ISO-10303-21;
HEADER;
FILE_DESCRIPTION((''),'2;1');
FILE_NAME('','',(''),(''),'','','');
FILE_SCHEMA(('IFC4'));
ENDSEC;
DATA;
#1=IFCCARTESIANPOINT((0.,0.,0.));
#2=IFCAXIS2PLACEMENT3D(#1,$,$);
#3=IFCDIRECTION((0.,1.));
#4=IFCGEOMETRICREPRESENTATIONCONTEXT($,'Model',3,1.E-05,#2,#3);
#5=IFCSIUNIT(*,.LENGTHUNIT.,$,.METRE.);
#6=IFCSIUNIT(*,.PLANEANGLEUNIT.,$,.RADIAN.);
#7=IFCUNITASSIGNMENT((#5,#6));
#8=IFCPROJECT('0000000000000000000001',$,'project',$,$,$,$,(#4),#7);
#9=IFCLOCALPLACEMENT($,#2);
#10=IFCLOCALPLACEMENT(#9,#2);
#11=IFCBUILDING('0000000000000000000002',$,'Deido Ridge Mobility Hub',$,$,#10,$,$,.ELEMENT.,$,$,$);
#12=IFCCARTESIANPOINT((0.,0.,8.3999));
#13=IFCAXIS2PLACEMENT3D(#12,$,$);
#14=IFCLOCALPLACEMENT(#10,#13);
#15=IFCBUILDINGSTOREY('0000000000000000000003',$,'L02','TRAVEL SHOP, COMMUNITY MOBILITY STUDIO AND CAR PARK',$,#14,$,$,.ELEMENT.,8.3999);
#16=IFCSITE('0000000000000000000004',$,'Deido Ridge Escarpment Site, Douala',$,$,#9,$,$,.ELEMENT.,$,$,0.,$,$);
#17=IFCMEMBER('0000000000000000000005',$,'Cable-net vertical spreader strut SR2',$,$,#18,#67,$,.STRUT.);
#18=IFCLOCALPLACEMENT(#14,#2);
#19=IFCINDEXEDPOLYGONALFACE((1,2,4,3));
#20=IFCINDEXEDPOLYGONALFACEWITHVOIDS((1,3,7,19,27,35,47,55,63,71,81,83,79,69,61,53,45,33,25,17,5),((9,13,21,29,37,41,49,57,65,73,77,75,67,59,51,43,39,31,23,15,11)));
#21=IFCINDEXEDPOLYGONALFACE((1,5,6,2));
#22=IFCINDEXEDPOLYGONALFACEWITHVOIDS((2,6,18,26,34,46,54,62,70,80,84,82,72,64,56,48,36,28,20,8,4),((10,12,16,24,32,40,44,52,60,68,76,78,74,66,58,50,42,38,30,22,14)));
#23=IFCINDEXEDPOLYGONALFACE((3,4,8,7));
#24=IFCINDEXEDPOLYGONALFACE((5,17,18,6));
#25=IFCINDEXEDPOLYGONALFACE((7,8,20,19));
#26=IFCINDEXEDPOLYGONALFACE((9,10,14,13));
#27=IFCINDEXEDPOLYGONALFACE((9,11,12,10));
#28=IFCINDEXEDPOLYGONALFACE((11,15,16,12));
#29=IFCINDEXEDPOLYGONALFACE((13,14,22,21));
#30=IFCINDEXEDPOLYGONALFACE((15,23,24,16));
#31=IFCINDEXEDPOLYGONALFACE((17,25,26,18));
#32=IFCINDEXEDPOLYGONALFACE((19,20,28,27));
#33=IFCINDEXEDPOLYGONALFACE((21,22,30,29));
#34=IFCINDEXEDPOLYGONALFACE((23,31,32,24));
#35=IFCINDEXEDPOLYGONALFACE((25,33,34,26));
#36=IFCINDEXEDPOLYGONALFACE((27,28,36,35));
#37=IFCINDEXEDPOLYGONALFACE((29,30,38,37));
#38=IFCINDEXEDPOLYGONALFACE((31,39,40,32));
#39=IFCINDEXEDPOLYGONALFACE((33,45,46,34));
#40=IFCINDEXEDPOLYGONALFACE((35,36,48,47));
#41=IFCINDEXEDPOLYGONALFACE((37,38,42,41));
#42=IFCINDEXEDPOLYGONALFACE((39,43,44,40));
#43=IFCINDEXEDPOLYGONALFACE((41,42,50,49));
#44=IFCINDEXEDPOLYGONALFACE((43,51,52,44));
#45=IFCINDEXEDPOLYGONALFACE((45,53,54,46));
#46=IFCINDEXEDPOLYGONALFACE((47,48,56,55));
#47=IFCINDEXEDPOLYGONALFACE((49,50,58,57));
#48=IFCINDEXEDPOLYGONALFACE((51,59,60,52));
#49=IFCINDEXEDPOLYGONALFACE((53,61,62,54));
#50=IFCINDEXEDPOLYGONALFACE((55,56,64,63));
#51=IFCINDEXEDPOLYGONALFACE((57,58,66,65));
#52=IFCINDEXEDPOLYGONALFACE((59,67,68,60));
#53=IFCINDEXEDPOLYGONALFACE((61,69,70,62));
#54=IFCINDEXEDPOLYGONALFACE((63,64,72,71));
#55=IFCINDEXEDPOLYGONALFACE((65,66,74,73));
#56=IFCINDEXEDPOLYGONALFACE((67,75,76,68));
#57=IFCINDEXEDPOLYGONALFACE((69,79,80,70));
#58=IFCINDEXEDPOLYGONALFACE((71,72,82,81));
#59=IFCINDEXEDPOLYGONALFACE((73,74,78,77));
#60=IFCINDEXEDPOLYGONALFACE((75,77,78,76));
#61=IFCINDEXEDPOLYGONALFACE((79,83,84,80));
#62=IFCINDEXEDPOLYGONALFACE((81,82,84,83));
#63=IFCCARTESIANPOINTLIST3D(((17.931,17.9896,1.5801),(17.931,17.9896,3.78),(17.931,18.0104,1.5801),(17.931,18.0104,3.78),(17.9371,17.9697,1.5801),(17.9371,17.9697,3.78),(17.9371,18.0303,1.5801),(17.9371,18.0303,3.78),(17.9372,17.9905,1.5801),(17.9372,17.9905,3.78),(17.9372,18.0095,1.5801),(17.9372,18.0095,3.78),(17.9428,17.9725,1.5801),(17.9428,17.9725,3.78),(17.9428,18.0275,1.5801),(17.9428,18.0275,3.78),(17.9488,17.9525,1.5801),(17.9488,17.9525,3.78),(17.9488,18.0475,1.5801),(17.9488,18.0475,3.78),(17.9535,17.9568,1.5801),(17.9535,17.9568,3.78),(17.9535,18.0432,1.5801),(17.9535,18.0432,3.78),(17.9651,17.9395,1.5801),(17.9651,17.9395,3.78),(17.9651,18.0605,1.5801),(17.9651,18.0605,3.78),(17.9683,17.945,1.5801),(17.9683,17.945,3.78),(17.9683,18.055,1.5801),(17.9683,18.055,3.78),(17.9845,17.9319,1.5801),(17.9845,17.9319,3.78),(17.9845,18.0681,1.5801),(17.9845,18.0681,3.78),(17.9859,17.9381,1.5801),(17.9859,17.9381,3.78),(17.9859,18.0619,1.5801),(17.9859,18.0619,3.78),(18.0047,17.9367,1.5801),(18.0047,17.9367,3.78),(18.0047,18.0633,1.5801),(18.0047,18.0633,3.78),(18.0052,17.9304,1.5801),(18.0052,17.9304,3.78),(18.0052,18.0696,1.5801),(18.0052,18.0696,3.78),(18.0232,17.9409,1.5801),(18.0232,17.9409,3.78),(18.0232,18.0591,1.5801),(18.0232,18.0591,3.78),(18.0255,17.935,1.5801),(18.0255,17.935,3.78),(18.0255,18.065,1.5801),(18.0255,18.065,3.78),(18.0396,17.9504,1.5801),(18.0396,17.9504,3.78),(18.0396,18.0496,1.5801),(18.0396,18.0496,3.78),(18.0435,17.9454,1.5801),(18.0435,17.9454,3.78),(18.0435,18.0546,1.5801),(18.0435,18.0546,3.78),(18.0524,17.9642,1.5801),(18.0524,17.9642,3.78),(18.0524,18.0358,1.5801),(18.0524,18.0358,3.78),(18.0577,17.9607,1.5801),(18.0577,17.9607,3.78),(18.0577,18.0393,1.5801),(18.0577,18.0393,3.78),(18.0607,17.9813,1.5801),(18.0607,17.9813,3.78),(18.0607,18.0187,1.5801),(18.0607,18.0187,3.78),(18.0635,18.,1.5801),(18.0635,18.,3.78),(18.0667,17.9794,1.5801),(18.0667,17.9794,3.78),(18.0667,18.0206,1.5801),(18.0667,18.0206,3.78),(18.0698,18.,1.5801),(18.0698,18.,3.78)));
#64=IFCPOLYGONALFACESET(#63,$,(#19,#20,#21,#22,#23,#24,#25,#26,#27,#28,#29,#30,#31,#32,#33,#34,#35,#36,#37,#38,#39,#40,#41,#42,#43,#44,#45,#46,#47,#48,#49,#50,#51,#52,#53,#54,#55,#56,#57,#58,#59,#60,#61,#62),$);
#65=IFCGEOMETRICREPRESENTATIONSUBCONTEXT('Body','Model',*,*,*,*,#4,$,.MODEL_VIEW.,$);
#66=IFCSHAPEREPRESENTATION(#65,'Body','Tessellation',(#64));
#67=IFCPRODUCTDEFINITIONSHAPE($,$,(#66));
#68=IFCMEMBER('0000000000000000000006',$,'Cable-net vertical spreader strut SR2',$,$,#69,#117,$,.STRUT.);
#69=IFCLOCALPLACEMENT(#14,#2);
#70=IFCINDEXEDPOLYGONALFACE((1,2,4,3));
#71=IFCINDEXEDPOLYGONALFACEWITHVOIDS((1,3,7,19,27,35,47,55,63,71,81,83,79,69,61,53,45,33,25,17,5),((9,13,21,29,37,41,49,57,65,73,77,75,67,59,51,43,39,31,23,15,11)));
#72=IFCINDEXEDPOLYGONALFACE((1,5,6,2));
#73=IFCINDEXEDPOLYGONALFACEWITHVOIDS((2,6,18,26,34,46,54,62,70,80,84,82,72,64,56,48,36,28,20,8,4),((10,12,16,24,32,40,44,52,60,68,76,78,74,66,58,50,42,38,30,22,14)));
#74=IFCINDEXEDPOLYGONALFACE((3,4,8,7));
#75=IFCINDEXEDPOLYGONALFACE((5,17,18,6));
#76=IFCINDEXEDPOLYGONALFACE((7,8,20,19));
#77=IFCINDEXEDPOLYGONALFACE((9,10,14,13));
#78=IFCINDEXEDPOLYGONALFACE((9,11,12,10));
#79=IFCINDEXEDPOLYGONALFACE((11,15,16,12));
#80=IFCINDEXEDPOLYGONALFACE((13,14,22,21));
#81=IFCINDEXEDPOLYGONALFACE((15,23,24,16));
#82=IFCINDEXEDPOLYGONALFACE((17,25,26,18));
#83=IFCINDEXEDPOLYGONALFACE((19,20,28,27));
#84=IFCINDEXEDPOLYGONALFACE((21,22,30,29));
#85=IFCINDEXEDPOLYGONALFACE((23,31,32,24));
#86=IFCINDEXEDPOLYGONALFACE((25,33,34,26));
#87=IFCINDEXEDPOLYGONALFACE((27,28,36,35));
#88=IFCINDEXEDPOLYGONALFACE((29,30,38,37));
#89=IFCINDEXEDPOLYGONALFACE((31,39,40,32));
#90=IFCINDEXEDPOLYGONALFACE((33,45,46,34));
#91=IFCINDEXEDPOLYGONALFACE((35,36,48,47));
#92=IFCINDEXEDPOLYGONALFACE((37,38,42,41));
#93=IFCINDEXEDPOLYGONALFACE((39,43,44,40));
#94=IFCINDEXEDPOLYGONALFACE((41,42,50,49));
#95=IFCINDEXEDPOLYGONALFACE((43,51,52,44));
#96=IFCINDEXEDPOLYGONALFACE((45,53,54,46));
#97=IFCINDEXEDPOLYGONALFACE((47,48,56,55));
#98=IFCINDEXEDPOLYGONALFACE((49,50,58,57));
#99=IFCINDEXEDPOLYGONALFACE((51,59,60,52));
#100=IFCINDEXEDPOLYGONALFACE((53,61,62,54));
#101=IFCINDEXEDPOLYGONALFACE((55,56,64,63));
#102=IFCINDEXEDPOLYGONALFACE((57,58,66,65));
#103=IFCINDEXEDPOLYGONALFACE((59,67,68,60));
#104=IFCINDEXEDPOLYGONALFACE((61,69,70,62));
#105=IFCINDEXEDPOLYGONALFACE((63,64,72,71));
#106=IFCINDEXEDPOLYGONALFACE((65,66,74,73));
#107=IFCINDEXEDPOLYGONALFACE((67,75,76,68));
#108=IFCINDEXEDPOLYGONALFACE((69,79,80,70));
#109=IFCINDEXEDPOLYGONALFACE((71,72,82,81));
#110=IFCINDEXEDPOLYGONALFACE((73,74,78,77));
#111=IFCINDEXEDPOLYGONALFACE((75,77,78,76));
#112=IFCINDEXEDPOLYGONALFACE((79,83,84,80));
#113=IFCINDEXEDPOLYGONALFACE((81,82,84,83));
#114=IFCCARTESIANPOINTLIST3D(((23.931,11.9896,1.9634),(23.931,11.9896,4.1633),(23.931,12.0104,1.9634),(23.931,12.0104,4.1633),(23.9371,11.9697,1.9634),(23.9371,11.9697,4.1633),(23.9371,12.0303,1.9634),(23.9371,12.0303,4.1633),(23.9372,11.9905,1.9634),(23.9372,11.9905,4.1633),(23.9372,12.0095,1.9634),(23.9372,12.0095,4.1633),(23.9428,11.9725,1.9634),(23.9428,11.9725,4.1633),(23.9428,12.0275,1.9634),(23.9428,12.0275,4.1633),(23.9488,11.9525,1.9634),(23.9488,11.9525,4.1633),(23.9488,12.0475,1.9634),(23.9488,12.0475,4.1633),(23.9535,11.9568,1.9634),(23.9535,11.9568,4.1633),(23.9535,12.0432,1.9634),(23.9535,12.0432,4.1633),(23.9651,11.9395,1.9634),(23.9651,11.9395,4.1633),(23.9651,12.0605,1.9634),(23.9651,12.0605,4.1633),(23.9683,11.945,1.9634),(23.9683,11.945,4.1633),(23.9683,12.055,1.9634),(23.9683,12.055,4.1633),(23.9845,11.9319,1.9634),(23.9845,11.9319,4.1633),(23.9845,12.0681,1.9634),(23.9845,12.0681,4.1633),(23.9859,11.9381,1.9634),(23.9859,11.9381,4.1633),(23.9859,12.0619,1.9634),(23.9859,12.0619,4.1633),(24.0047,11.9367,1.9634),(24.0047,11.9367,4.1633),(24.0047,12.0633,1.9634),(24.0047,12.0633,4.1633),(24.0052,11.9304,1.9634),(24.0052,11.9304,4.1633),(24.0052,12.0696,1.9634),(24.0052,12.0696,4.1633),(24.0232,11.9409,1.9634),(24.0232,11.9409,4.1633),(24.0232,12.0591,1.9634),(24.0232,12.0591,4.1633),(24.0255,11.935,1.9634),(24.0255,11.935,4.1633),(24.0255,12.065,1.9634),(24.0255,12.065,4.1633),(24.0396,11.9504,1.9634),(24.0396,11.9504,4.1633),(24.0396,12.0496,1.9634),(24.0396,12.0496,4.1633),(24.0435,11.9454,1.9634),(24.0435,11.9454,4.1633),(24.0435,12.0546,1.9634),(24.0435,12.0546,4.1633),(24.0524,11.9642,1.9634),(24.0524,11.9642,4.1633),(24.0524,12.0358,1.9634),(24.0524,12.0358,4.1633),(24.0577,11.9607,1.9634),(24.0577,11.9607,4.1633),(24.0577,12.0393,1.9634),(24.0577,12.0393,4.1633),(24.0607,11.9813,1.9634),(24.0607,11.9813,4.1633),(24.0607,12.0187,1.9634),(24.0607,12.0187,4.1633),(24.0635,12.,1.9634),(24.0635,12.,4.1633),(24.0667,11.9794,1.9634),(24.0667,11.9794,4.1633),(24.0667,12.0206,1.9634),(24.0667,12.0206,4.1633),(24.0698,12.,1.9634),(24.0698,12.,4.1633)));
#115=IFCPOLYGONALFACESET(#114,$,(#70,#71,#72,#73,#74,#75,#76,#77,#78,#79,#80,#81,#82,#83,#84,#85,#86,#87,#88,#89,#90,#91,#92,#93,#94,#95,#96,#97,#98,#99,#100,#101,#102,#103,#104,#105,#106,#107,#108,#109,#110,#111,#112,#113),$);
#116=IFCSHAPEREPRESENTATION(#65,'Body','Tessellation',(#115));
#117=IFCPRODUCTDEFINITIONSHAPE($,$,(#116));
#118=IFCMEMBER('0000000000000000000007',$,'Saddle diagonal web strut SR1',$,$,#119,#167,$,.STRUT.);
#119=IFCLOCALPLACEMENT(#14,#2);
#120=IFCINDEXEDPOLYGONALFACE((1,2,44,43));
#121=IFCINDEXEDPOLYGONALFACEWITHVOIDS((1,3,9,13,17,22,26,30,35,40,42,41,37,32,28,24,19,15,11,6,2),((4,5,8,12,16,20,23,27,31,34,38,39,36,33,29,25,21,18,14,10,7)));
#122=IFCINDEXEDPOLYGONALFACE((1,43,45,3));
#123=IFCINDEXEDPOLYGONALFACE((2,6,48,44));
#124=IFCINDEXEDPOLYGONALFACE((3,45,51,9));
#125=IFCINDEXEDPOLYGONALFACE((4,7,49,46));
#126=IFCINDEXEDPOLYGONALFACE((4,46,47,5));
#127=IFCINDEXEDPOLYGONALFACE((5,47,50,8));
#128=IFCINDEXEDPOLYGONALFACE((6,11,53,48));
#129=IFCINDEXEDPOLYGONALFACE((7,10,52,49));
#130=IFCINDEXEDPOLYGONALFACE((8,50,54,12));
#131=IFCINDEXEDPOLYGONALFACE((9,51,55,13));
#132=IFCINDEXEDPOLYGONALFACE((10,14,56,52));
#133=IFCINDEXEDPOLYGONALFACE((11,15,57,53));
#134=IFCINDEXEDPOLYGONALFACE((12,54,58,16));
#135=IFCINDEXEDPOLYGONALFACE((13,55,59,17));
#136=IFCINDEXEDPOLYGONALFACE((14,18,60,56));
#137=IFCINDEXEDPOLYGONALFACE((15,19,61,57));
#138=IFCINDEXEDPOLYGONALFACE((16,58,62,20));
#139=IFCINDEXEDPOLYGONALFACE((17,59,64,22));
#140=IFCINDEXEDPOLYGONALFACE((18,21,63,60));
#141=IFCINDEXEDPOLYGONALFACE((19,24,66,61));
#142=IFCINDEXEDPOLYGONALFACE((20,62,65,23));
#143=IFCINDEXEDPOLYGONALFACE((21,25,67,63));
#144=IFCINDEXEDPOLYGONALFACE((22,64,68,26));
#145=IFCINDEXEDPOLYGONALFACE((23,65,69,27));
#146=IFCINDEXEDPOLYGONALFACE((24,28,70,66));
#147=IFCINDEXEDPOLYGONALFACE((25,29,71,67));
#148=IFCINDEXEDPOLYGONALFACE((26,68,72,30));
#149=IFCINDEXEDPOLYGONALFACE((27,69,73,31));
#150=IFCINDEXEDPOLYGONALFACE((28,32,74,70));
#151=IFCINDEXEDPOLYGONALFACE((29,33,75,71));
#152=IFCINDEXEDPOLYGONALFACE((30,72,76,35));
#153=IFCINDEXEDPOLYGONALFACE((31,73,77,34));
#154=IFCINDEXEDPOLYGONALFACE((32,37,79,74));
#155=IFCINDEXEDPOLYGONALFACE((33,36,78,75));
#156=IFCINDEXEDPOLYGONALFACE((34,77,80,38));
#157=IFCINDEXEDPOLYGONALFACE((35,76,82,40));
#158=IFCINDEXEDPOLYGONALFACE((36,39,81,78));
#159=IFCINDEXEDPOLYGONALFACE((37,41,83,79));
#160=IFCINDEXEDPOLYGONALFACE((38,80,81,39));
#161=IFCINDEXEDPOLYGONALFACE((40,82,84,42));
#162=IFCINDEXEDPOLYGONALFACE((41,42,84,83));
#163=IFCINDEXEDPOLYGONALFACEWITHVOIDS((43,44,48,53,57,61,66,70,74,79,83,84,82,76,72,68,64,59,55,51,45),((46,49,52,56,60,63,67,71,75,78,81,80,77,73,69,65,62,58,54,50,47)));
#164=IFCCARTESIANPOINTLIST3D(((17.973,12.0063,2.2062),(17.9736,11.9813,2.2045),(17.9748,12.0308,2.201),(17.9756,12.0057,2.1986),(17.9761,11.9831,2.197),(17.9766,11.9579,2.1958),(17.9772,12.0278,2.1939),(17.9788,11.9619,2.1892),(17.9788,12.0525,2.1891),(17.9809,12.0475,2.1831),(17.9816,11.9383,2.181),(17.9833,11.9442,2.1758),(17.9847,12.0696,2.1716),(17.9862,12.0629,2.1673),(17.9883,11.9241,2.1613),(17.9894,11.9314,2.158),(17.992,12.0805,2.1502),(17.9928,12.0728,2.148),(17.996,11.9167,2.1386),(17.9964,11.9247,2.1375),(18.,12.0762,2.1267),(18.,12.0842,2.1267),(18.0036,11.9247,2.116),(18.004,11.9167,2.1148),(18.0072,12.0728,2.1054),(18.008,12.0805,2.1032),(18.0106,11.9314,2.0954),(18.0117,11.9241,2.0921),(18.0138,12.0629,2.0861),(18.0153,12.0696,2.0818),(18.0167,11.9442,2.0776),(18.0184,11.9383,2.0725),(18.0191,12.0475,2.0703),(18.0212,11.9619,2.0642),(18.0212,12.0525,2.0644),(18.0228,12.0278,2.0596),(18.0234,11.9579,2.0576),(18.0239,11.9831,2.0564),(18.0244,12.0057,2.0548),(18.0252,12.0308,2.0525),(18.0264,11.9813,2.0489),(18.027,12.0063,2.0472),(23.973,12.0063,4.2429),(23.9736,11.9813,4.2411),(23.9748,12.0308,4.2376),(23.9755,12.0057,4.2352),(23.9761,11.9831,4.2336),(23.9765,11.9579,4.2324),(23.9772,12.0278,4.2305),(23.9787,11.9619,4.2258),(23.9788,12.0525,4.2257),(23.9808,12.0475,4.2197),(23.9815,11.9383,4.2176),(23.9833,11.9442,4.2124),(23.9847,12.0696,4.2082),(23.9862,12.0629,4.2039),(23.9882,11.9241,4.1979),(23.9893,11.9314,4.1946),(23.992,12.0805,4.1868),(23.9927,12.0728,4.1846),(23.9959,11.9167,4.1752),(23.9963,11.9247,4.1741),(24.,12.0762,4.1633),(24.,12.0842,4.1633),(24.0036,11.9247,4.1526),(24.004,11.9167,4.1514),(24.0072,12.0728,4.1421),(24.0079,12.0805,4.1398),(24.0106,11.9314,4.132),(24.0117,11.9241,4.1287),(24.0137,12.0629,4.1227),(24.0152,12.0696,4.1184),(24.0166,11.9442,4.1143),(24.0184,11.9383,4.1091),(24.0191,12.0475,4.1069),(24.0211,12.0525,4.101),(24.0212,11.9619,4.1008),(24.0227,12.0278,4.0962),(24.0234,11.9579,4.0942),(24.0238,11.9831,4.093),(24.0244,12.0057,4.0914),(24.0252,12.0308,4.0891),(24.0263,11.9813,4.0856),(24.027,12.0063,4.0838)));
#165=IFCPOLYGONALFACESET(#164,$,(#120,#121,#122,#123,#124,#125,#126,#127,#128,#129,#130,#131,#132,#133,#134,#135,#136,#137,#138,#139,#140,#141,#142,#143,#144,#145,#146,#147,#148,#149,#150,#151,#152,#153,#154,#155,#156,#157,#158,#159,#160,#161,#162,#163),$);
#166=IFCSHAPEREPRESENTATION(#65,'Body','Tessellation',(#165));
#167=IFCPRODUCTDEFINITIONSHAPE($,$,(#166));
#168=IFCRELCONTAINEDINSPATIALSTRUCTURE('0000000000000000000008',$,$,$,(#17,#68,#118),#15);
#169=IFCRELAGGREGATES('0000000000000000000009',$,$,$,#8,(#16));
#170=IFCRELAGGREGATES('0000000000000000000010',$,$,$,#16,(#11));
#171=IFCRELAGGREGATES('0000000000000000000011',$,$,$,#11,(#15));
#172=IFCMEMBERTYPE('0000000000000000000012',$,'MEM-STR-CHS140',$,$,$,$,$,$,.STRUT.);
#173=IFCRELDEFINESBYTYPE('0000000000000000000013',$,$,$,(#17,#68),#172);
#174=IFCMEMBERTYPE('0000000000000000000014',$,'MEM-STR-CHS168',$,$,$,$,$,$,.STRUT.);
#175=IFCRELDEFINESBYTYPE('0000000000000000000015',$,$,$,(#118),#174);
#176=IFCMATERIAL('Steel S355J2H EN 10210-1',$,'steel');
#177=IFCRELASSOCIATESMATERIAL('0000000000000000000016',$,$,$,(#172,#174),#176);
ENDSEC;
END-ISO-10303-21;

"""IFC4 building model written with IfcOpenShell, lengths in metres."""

from ifc_helpers import new_model, si_unit, direction, frame, origin, origin_2d, place, context, subcontext, project, spatial, hollow_circle, extrude, material, material_profile, profile_set, type_object, element, save


model = new_model("IFC4")

# Units and contexts
model_context = context("Model", 3, precision=1e-05, world=origin(), true_north=direction((0.0, 1.0)))
body_context = subcontext(model_context, "Body", "Model", "MODEL_VIEW")
ifc_project = project(units=[si_unit("LENGTHUNIT", "METRE"), si_unit("PLANEANGLEUNIT", "RADIAN")], contexts=[model_context])

# Site, building, storey
site_placement = place(None, origin())
site = spatial("IfcSite", under=ifc_project, at=site_placement, Name="Deido Ridge Escarpment Site, Douala", CompositionType="ELEMENT", RefElevation=0.0)
building_placement = place(site_placement, origin())
building = spatial("IfcBuilding", under=site, at=building_placement, Name="Deido Ridge Mobility Hub", CompositionType="ELEMENT")
storey_placement = place(building_placement, frame((0.0, 0.0, 8.3999)))
storey = spatial("IfcBuildingStorey", under=building, at=storey_placement, Name="L02", Description="TRAVEL SHOP, COMMUNITY MOBILITY STUDIO AND CAR PARK", CompositionType="ELEMENT", Elevation=8.3999)

# Members
ifc_material_1 = material(Name="Steel S355J2H EN 10210-1", Category="steel")
ifc_material_profile_1 = material_profile(ifc_material_1, hollow_circle(Radius=0.0698, WallThickness=0.0063, at=origin_2d()), Name="CHS 139.7x6.3")
ifc_profile_set_1 = profile_set([ifc_material_profile_1], Name="Steel S355J2H EN 10210-1")
member_type_1 = type_object("IfcMemberType", Name="MEM-STR-CHS140", PredefinedType="STRUT", material=ifc_profile_set_1)
for number, where, z_axis, x_axis, name in (
    (1, (18.0, 18.0, 1.5801), (0.0, 0.0, 1.0), (1.0, 0.0, 0.0), "Cable-net vertical spreader strut SR2"),
    (2, (24.0, 12.0, 1.9634), (0.0, 0.0, 1.0), (1.0, 0.0, 0.0), "Cable-net vertical spreader strut SR2"),
):
    element("IfcMember", number, at=place(storey_placement, frame(where, z_axis=z_axis, x_axis=x_axis)), inside=storey, type_object=member_type_1, Name=name, PredefinedType="STRUT", context=body_context, shape_type="SweptSolid", body=[
        extrude(hollow_circle(Radius=0.0698, WallThickness=0.0063, at=origin_2d()), origin(), (0.0, 0.0, 1.0), 2.2),
    ])
ifc_material_profile_2 = material_profile(ifc_material_1, hollow_circle(Radius=0.0842, WallThickness=0.0081, at=origin_2d()), Name="CHS 168.3x8")
ifc_profile_set_2 = profile_set([ifc_material_profile_2], Name="Steel S355J2H EN 10210-1")
member_type_2 = type_object("IfcMemberType", Name="MEM-STR-CHS168", PredefinedType="STRUT", material=ifc_profile_set_2)
for number, where, z_axis, x_axis, name in (
    (3, (18.0, 12.0, 2.1267), (0.946935, 0.0, 0.321425), (0.0, 1.0, 0.0), "Saddle diagonal web strut SR1"),
):
    element("IfcMember", number, at=place(storey_placement, frame(where, z_axis=z_axis, x_axis=x_axis)), inside=storey, type_object=member_type_2, Name=name, PredefinedType="STRUT", context=body_context, shape_type="SweptSolid", body=[
        extrude(hollow_circle(Radius=0.0842, WallThickness=0.0081, at=origin_2d()), origin(), (0.0, 0.0, 1.0), 6.3362),
    ])

save(model, "model.ifc")
